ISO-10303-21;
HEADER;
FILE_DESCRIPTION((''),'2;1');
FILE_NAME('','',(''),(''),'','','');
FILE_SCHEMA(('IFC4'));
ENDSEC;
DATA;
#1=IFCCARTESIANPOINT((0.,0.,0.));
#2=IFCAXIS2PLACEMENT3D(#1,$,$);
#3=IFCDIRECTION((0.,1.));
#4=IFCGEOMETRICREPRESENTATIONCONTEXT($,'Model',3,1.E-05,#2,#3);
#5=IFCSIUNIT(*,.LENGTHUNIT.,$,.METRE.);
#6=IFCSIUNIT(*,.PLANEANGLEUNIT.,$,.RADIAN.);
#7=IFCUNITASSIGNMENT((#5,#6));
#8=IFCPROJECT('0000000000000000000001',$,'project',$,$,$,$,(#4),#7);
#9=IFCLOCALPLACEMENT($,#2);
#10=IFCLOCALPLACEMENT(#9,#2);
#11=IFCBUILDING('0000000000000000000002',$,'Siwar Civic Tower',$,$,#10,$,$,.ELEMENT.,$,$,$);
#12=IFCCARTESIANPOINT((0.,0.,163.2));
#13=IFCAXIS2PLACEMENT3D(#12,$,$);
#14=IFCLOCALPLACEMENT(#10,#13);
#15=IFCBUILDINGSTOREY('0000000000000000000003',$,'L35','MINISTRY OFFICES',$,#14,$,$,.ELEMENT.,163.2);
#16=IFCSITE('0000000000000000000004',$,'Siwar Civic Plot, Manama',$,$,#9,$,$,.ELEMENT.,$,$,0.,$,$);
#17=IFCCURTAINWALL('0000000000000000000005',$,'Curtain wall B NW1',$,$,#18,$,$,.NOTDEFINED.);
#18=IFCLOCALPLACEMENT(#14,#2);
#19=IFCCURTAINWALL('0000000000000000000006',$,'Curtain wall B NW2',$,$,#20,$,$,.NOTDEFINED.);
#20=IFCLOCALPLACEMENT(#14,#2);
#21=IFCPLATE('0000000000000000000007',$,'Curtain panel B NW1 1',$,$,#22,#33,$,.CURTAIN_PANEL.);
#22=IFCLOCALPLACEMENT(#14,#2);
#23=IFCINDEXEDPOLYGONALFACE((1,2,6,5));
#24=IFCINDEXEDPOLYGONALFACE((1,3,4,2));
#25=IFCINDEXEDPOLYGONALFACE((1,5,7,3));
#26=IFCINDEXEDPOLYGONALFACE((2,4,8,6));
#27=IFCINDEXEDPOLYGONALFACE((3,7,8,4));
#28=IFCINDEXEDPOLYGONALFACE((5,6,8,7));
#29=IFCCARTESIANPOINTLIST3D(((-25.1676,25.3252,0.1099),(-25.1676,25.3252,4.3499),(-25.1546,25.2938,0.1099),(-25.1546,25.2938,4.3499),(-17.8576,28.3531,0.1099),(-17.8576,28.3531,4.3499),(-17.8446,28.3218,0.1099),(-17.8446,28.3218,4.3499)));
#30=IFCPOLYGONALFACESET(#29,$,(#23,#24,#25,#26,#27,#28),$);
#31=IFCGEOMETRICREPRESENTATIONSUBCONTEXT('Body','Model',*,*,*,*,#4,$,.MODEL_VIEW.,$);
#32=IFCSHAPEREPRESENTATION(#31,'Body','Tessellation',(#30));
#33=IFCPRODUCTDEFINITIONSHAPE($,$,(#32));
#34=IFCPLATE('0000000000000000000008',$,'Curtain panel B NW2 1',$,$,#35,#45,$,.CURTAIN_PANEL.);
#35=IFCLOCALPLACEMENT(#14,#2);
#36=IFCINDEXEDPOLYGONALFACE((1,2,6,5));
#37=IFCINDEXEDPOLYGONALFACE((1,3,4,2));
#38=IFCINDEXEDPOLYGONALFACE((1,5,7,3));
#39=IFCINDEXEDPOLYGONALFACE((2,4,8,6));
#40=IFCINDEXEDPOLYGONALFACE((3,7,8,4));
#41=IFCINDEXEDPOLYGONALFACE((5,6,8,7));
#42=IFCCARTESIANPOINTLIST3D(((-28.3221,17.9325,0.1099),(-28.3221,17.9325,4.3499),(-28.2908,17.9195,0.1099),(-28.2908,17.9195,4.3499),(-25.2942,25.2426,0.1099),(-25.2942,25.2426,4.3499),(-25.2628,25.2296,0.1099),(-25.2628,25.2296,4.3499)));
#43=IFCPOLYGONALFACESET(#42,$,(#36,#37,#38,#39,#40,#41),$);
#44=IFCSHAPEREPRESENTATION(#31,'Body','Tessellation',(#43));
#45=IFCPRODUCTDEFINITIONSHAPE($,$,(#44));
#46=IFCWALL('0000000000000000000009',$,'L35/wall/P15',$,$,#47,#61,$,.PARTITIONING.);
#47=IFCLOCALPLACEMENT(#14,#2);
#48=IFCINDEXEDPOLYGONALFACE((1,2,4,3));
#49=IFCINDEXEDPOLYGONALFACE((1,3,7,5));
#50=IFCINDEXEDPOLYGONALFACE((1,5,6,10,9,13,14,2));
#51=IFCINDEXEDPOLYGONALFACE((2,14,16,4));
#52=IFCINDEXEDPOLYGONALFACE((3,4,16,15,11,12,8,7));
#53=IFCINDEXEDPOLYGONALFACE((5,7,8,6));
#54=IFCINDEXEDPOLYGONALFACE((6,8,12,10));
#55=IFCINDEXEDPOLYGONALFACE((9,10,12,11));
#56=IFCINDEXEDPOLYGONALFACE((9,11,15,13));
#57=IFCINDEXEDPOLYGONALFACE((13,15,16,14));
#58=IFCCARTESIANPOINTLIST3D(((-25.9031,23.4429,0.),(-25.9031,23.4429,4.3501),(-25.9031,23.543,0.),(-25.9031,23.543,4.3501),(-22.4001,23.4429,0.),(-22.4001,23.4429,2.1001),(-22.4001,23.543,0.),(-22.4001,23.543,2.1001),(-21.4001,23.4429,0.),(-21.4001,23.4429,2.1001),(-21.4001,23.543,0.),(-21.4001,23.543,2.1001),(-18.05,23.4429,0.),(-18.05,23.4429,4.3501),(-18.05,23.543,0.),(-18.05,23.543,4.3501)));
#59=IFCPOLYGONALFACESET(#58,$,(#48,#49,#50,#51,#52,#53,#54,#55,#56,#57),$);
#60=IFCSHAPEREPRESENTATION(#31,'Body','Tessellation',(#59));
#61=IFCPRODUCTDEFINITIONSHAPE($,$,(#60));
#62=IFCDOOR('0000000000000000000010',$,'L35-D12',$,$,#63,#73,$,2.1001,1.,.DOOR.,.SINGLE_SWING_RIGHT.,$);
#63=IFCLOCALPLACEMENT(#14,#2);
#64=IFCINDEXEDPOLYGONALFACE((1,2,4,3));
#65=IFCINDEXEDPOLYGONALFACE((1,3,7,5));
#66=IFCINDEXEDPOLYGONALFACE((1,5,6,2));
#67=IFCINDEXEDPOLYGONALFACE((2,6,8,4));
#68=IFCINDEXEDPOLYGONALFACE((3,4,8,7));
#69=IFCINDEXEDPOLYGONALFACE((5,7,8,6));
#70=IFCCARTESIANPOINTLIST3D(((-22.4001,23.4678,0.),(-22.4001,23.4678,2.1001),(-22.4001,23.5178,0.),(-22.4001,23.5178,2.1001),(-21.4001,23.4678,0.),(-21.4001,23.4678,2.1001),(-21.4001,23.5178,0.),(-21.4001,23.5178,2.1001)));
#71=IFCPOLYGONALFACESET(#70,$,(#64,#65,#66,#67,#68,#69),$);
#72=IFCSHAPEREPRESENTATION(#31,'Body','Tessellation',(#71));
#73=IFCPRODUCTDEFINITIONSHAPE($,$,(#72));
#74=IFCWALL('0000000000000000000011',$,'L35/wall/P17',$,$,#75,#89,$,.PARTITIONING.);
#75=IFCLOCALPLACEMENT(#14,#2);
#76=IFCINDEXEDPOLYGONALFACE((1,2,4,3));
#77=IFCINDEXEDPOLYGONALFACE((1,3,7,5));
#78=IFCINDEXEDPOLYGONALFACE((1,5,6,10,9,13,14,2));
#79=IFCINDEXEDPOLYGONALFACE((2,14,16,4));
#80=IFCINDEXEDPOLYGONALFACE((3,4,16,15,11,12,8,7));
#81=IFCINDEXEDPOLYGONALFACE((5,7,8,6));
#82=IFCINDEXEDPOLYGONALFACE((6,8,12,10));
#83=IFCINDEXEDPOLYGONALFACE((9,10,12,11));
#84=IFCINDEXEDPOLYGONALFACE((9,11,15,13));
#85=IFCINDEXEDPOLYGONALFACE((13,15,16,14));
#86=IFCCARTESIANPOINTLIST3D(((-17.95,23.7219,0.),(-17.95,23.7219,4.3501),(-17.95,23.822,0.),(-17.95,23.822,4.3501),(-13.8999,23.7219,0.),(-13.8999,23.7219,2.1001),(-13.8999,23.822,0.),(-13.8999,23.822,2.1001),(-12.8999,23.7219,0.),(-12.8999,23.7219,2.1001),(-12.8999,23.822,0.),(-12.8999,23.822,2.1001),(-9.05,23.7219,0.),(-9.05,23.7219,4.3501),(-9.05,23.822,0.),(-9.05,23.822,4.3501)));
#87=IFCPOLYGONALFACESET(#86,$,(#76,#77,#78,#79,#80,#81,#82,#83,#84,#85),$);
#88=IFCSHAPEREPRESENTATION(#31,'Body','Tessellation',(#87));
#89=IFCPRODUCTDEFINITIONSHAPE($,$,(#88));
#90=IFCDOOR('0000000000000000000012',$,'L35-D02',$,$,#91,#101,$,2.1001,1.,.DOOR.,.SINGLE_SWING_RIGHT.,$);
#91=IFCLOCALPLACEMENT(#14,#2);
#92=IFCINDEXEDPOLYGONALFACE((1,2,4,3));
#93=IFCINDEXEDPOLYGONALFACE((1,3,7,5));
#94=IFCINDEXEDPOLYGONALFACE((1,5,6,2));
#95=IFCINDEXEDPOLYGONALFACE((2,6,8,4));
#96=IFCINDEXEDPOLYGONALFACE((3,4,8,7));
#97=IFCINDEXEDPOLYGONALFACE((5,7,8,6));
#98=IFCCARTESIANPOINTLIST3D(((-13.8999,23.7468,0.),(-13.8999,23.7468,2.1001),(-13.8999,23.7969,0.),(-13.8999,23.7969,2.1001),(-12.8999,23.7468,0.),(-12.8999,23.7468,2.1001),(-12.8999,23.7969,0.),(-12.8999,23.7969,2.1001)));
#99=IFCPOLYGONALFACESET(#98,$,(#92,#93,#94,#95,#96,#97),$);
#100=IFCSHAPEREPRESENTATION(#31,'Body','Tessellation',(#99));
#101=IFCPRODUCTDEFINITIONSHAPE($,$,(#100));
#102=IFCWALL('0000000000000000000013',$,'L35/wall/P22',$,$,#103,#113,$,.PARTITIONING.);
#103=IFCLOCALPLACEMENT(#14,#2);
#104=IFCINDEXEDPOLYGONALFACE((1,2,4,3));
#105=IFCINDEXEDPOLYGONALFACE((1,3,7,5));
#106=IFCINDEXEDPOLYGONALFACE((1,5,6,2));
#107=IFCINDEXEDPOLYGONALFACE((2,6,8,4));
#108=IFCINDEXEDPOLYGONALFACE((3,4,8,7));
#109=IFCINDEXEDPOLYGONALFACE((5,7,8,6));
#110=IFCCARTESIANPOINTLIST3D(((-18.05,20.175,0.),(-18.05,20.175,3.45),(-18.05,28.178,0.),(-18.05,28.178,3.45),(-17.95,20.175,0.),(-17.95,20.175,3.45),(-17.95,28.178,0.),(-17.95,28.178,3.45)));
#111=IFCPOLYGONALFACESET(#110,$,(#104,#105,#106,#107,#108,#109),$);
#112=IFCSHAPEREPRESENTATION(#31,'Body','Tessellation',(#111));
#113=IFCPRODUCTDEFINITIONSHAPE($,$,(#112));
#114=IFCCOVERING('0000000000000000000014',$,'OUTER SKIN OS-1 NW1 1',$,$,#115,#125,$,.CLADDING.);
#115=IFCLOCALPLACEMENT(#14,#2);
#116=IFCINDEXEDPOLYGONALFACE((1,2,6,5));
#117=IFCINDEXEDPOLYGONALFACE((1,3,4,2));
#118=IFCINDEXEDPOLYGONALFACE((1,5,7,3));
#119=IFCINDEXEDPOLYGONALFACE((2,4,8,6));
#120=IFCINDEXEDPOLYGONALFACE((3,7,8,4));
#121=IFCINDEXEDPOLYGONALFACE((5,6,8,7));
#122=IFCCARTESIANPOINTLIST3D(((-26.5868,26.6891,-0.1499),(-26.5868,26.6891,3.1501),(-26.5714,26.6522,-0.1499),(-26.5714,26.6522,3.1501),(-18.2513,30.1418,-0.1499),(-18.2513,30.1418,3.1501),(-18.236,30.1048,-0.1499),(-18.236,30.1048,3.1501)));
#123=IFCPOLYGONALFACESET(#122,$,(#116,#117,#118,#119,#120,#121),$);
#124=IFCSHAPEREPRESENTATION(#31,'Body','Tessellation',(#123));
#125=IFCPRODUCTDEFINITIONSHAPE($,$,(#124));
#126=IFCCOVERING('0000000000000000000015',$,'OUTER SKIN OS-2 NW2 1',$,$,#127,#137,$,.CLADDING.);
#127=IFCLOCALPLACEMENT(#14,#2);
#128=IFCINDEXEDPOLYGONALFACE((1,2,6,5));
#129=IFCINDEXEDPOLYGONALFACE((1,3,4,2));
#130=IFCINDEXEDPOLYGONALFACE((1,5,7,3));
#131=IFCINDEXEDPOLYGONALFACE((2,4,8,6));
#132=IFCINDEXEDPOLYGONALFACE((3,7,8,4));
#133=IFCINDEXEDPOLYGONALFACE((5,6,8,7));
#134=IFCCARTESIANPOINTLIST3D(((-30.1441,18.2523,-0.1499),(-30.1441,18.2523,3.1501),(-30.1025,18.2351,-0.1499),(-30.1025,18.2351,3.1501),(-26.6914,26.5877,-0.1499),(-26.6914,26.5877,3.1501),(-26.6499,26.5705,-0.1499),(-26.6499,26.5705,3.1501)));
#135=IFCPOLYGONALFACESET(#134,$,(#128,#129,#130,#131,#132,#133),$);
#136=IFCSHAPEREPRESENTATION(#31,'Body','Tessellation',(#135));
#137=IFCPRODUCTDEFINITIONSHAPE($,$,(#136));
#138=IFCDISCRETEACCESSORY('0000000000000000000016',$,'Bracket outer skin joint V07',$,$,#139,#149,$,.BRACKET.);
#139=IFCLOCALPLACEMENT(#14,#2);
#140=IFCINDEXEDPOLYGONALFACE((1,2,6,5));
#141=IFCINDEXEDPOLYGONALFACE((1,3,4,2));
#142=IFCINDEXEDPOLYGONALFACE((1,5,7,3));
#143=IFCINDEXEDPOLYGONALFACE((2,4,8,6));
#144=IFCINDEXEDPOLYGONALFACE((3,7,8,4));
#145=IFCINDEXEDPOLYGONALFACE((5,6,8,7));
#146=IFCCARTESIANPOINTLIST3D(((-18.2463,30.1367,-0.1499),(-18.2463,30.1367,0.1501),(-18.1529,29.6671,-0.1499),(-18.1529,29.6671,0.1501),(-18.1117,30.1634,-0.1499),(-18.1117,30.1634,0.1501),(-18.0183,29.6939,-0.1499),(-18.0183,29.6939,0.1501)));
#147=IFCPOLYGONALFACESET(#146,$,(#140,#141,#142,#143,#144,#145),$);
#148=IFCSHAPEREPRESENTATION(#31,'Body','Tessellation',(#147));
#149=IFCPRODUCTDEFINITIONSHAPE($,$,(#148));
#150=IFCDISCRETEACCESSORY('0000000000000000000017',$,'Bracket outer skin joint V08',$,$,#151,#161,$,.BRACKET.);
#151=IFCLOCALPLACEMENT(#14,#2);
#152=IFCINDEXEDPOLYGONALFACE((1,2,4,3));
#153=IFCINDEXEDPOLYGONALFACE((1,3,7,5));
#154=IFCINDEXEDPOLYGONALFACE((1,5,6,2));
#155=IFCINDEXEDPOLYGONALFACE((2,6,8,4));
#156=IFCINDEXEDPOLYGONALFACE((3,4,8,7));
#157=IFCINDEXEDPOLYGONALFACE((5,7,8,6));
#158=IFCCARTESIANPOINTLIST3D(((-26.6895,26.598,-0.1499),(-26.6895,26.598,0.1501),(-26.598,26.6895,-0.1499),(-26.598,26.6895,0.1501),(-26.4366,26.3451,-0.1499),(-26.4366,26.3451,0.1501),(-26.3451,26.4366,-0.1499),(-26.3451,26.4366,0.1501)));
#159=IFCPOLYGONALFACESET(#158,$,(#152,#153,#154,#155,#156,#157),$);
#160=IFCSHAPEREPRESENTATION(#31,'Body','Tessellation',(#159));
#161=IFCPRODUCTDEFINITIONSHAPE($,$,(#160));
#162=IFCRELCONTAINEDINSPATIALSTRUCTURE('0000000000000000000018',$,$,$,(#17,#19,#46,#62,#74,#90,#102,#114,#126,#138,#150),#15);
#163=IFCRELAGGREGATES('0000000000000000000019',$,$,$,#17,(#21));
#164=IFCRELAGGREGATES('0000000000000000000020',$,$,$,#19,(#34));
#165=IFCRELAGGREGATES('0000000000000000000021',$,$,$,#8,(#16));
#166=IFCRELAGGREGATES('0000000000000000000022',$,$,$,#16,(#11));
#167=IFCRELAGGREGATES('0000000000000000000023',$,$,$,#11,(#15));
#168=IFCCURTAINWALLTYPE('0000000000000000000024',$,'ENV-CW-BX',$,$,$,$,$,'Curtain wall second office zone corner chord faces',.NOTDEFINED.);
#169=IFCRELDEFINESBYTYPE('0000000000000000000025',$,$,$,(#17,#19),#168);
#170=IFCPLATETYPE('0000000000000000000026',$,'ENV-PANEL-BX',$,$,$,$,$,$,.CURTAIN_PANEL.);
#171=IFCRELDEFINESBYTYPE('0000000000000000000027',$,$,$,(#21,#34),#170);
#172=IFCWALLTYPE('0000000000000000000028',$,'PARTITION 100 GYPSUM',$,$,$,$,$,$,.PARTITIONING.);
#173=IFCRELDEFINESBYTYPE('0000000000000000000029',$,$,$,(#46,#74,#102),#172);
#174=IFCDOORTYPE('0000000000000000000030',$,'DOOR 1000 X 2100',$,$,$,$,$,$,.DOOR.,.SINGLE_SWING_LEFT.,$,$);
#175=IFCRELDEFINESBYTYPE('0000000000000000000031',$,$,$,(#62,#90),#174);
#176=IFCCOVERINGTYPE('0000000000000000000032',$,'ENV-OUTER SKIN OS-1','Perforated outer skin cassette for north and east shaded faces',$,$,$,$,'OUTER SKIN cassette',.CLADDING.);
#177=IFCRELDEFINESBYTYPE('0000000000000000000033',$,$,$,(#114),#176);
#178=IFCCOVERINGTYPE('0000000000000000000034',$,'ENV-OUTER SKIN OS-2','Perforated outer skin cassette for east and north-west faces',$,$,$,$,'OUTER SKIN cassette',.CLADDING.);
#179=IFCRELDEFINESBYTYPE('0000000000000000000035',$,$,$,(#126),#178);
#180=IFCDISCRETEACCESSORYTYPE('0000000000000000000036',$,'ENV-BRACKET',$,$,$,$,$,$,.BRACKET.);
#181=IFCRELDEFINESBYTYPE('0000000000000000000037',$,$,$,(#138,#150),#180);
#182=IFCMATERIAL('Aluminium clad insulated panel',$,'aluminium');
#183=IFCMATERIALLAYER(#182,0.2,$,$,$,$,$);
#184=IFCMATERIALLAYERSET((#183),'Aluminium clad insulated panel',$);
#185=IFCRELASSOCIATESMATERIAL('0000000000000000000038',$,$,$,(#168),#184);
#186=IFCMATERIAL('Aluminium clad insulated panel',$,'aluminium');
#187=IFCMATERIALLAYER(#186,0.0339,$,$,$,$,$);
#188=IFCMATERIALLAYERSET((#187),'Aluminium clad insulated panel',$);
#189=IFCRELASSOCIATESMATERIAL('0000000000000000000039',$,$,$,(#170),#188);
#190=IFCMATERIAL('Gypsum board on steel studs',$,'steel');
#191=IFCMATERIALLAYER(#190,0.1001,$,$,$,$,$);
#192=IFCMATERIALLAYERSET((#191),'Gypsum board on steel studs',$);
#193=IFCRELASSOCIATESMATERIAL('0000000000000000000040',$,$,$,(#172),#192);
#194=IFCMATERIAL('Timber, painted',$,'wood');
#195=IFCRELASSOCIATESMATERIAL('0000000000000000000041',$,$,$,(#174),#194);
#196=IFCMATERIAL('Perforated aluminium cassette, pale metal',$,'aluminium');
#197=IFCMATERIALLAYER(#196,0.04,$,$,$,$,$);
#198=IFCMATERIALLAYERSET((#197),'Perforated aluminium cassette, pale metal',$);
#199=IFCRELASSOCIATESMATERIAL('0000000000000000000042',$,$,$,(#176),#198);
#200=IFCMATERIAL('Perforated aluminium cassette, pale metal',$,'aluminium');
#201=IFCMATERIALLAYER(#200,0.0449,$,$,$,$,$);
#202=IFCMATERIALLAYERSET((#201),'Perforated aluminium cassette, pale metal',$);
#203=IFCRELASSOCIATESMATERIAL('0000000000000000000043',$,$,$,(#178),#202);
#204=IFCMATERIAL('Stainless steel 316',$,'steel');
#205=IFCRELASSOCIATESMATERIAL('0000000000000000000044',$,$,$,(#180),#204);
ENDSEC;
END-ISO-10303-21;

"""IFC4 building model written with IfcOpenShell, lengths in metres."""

from ifc_helpers import new_model, si_unit, direction, frame, frame_2d, origin, origin_2d, place, context, subcontext, project, spatial, rectangle, extrude, material, layer, layer_set, type_object, element, fill, aggregate, save


model = new_model("IFC4")

# Units and contexts
model_context = context("Model", 3, precision=1e-05, world=origin(), true_north=direction((0.0, 1.0)))
body_context = subcontext(model_context, "Body", "Model", "MODEL_VIEW")
ifc_project = project(units=[si_unit("LENGTHUNIT", "METRE"), si_unit("PLANEANGLEUNIT", "RADIAN")], contexts=[model_context])

# Site, building, storey
site_placement = place(None, origin())
site = spatial("IfcSite", under=ifc_project, at=site_placement, Name="Siwar Civic Plot, Manama", CompositionType="ELEMENT", RefElevation=0.0)
building_placement = place(site_placement, origin())
building = spatial("IfcBuilding", under=site, at=building_placement, Name="Siwar Civic Tower", CompositionType="ELEMENT")
storey_placement = place(building_placement, frame((0.0, 0.0, 163.2)))
storey = spatial("IfcBuildingStorey", under=building, at=storey_placement, Name="L35", Description="MINISTRY OFFICES", CompositionType="ELEMENT", Elevation=163.2)

# Curtain walls
ifc_material_1 = material(Name="Aluminium clad insulated panel", Category="aluminium")
ifc_layer_1 = layer(ifc_material_1, 0.2)
ifc_layer_set_1 = layer_set([ifc_layer_1], Name="Aluminium clad insulated panel")
curtain_wall_type = type_object("IfcCurtainWallType", Name="ENV-CW-BX", ElementType="Curtain wall second office zone corner chord faces", PredefinedType="NOTDEFINED", material=ifc_layer_set_1)
curtain_wall_1_placement = place(storey_placement, origin())
curtain_wall_1 = element("IfcCurtainWall", 1, at=curtain_wall_1_placement, inside=storey, type_object=curtain_wall_type, Name="Curtain wall B NW1", PredefinedType="NOTDEFINED")
curtain_wall_2_placement = place(storey_placement, origin())
curtain_wall_2 = element("IfcCurtainWall", 2, at=curtain_wall_2_placement, inside=storey, type_object=curtain_wall_type, Name="Curtain wall B NW2", PredefinedType="NOTDEFINED")

# Plates
ifc_material_2 = material(Name="Aluminium clad insulated panel", Category="aluminium")
ifc_layer_2 = layer(ifc_material_2, 0.0339)
ifc_layer_set_2 = layer_set([ifc_layer_2], Name="Aluminium clad insulated panel")
plate_type = type_object("IfcPlateType", Name="ENV-PANEL-BX", PredefinedType="CURTAIN_PANEL", material=ifc_layer_set_2)
plate_1_placement = place(storey_placement, frame((-21.5061, 26.8235, 0.1099), z_axis=(0.0, 0.0, 1.0), x_axis=(-0.92388, -0.382683, 0.0)))
plate_1 = element("IfcPlate", 3, at=plate_1_placement, type_object=plate_type, Name="Curtain panel B NW1 1", PredefinedType="CURTAIN_PANEL", context=body_context, shape_type="SweptSolid", body=[
    extrude(rectangle(XDim=7.9124, YDim=0.0339, at=origin_2d()), origin(), (0.0, 0.0, 1.0), 4.24),
])
aggregate(curtain_wall_1, [plate_1])
plate_2_placement = place(storey_placement, frame((-26.7925, 21.5811, 0.1099), z_axis=(0.0, 0.0, 1.0), x_axis=(-0.382683, -0.92388, 0.0)))
plate_2 = element("IfcPlate", 4, at=plate_2_placement, type_object=plate_type, Name="Curtain panel B NW2 1", PredefinedType="CURTAIN_PANEL", context=body_context, shape_type="SweptSolid", body=[
    extrude(rectangle(XDim=7.9124, YDim=0.0339, at=origin_2d()), origin(), (0.0, 0.0, 1.0), 4.24),
])
aggregate(curtain_wall_2, [plate_2])

# Walls, openings, doors
ifc_material_3 = material(Name="Gypsum board on steel studs", Category="steel")
ifc_layer_3 = layer(ifc_material_3, 0.1001)
ifc_layer_set_3 = layer_set([ifc_layer_3], Name="Gypsum board on steel studs")
wall_type = type_object("IfcWallType", Name="PARTITION 100 GYPSUM", PredefinedType="PARTITIONING", material=ifc_layer_set_3)
wall_1_placement = place(storey_placement, frame((-25.9031, 23.4929, 0.0), z_axis=(0.0, 0.0, 1.0), x_axis=(1.0, 0.0, 0.0)))
wall_1 = element("IfcWall", 5, at=wall_1_placement, inside=storey, type_object=wall_type, Name="L35/wall/P15", PredefinedType="PARTITIONING", context=body_context, shape_type="SweptSolid", body=[
    extrude(rectangle(XDim=7.853, YDim=0.1001, at=frame_2d((3.9265, 0.0))), origin(), (0.0, 0.0, 1.0), 4.3501),
])
opening_1_placement = place(wall_1_placement, frame((3.5029, 0.0, 0.0)))
opening_1 = element("IfcOpeningElement", 6, at=opening_1_placement, cuts=wall_1, PredefinedType="OPENING", context=body_context, shape_type="SweptSolid", body=[
    extrude(rectangle(XDim=1.0, YDim=2.1001, at=frame_2d((0.5, 1.05))), frame((0.0, 0.0601, 0.0), z_axis=(0.0, -1.0, 0.0), x_axis=(1.0, 0.0, 0.0)), (0.0, 0.0, 1.0), 0.1201),
])
ifc_material_4 = material(Name="Timber, painted", Category="wood")
door_type = type_object("IfcDoorType", Name="DOOR 1000 X 2100", OperationType="SINGLE_SWING_LEFT", PredefinedType="DOOR", material=ifc_material_4)
door_1_placement = place(opening_1_placement, origin())
door_1 = element("IfcDoor", 7, at=door_1_placement, inside=storey, type_object=door_type, Name="L35-D12", OperationType="SINGLE_SWING_RIGHT", OverallHeight=2.1001, OverallWidth=1.0, PredefinedType="DOOR", context=body_context, shape_type="SweptSolid", body=[
    extrude(rectangle(XDim=1.0, YDim=2.1001, at=frame_2d((0.5, 1.05))), frame((0.0, 0.0249, 0.0), z_axis=(0.0, -1.0, 0.0), x_axis=(1.0, 0.0, 0.0)), (0.0, 0.0, 1.0), 0.05),
])
fill(opening_1, door_1)
wall_2_placement = place(storey_placement, frame((-17.95, 23.772, 0.0), z_axis=(0.0, 0.0, 1.0), x_axis=(1.0, 0.0, 0.0)))
wall_2 = element("IfcWall", 8, at=wall_2_placement, inside=storey, type_object=wall_type, Name="L35/wall/P17", PredefinedType="PARTITIONING", context=body_context, shape_type="SweptSolid", body=[
    extrude(rectangle(XDim=8.8999, YDim=0.1001, at=frame_2d((4.45, 0.0))), origin(), (0.0, 0.0, 1.0), 4.3501),
])
opening_2_placement = place(wall_2_placement, frame((4.05, 0.0, 0.0)))
opening_2 = element("IfcOpeningElement", 9, at=opening_2_placement, cuts=wall_2, PredefinedType="OPENING", context=body_context, shape_type="SweptSolid", body=[
    extrude(rectangle(XDim=1.0, YDim=2.1001, at=frame_2d((0.5, 1.05))), frame((0.0, 0.0601, 0.0), z_axis=(0.0, -1.0, 0.0), x_axis=(1.0, 0.0, 0.0)), (0.0, 0.0, 1.0), 0.1201),
])
door_2_placement = place(opening_2_placement, origin())
door_2 = element("IfcDoor", 10, at=door_2_placement, inside=storey, type_object=door_type, Name="L35-D02", OperationType="SINGLE_SWING_RIGHT", OverallHeight=2.1001, OverallWidth=1.0, PredefinedType="DOOR", context=body_context, shape_type="SweptSolid", body=[
    extrude(rectangle(XDim=1.0, YDim=2.1001, at=frame_2d((0.5, 1.05))), frame((0.0, 0.0249, 0.0), z_axis=(0.0, -1.0, 0.0), x_axis=(1.0, 0.0, 0.0)), (0.0, 0.0, 1.0), 0.05),
])
fill(opening_2, door_2)

# Wall
wall_3_placement = place(storey_placement, frame((-18.0, 20.175, 0.0), z_axis=(0.0, 0.0, 1.0), x_axis=(0.0, 1.0, 0.0)))
element("IfcWall", 11, at=wall_3_placement, inside=storey, type_object=wall_type, Name="L35/wall/P22", PredefinedType="PARTITIONING", context=body_context, shape_type="SweptSolid", body=[
    extrude(rectangle(XDim=8.0029, YDim=0.1001, at=frame_2d((4.0015, 0.0))), origin(), (0.0, 0.0, 1.0), 3.45),
])

# Coverings
ifc_material_5 = material(Name="Perforated aluminium cassette, pale metal", Category="aluminium")
ifc_layer_4 = layer(ifc_material_5, 0.04)
ifc_layer_set_4 = layer_set([ifc_layer_4], Name="Perforated aluminium cassette, pale metal")
covering_type_1 = type_object("IfcCoveringType", Name="ENV-OUTER SKIN OS-1", Description="Perforated outer skin cassette for north and east shaded faces", ElementType="OUTER SKIN cassette", PredefinedType="CLADDING", material=ifc_layer_set_4)
covering_1_placement = place(storey_placement, frame((-22.4114, 28.397, -0.1499), z_axis=(0.0, 0.0, 1.0), x_axis=(-0.92388, -0.382683, 0.0)))
element("IfcCovering", 12, at=covering_1_placement, inside=storey, type_object=covering_type_1, Name="OUTER SKIN OS-1 NW1 1", PredefinedType="CLADDING", context=body_context, shape_type="SweptSolid", body=[
    extrude(rectangle(XDim=9.0222, YDim=0.04, at=origin_2d()), origin(), (0.0, 0.0, 1.0), 3.3),
])
ifc_material_6 = material(Name="Perforated aluminium cassette, pale metal", Category="aluminium")
ifc_layer_5 = layer(ifc_material_6, 0.0449)
ifc_layer_set_5 = layer_set([ifc_layer_5], Name="Perforated aluminium cassette, pale metal")
covering_type_2 = type_object("IfcCoveringType", Name="ENV-OUTER SKIN OS-2", Description="Perforated outer skin cassette for east and north-west faces", ElementType="OUTER SKIN cassette", PredefinedType="CLADDING", material=ifc_layer_set_5)
covering_2_placement = place(storey_placement, frame((-28.397, 22.4114, -0.1499), z_axis=(0.0, 0.0, 1.0), x_axis=(-0.382683, -0.92388, 0.0)))
element("IfcCovering", 13, at=covering_2_placement, inside=storey, type_object=covering_type_2, Name="OUTER SKIN OS-2 NW2 1", PredefinedType="CLADDING", context=body_context, shape_type="SweptSolid", body=[
    extrude(rectangle(XDim=9.0222, YDim=0.0449, at=origin_2d()), origin(), (0.0, 0.0, 1.0), 3.3),
])

# Discrete accessories
ifc_material_7 = material(Name="Stainless steel 316", Category="steel")
discrete_accessory_type = type_object("IfcDiscreteAccessoryType", Name="ENV-BRACKET", PredefinedType="BRACKET", material=ifc_material_7)
discrete_accessory_1_placement = place(storey_placement, frame((-18.1323, 29.9153, -0.1499), z_axis=(0.0, 0.0, 1.0), x_axis=(-0.19509, 0.980785, 0.0)))
element("IfcDiscreteAccessory", 14, at=discrete_accessory_1_placement, inside=storey, type_object=discrete_accessory_type, Name="Bracket outer skin joint V07", PredefinedType="BRACKET", context=body_context, shape_type="SweptSolid", body=[
    extrude(rectangle(XDim=0.4788, YDim=0.1372, at=origin_2d()), origin(), (0.0, 0.0, 1.0), 0.3),
])
discrete_accessory_2_placement = place(storey_placement, frame((-26.5173, 26.5173, -0.1499), z_axis=(0.0, 0.0, 1.0), x_axis=(-0.707107, 0.707107, 0.0)))
element("IfcDiscreteAccessory", 15, at=discrete_accessory_2_placement, inside=storey, type_object=discrete_accessory_type, Name="Bracket outer skin joint V08", PredefinedType="BRACKET", context=body_context, shape_type="SweptSolid", body=[
    extrude(rectangle(XDim=0.3577, YDim=0.1294, at=origin_2d()), origin(), (0.0, 0.0, 1.0), 0.3),
])

save(model, "model.ifc")
